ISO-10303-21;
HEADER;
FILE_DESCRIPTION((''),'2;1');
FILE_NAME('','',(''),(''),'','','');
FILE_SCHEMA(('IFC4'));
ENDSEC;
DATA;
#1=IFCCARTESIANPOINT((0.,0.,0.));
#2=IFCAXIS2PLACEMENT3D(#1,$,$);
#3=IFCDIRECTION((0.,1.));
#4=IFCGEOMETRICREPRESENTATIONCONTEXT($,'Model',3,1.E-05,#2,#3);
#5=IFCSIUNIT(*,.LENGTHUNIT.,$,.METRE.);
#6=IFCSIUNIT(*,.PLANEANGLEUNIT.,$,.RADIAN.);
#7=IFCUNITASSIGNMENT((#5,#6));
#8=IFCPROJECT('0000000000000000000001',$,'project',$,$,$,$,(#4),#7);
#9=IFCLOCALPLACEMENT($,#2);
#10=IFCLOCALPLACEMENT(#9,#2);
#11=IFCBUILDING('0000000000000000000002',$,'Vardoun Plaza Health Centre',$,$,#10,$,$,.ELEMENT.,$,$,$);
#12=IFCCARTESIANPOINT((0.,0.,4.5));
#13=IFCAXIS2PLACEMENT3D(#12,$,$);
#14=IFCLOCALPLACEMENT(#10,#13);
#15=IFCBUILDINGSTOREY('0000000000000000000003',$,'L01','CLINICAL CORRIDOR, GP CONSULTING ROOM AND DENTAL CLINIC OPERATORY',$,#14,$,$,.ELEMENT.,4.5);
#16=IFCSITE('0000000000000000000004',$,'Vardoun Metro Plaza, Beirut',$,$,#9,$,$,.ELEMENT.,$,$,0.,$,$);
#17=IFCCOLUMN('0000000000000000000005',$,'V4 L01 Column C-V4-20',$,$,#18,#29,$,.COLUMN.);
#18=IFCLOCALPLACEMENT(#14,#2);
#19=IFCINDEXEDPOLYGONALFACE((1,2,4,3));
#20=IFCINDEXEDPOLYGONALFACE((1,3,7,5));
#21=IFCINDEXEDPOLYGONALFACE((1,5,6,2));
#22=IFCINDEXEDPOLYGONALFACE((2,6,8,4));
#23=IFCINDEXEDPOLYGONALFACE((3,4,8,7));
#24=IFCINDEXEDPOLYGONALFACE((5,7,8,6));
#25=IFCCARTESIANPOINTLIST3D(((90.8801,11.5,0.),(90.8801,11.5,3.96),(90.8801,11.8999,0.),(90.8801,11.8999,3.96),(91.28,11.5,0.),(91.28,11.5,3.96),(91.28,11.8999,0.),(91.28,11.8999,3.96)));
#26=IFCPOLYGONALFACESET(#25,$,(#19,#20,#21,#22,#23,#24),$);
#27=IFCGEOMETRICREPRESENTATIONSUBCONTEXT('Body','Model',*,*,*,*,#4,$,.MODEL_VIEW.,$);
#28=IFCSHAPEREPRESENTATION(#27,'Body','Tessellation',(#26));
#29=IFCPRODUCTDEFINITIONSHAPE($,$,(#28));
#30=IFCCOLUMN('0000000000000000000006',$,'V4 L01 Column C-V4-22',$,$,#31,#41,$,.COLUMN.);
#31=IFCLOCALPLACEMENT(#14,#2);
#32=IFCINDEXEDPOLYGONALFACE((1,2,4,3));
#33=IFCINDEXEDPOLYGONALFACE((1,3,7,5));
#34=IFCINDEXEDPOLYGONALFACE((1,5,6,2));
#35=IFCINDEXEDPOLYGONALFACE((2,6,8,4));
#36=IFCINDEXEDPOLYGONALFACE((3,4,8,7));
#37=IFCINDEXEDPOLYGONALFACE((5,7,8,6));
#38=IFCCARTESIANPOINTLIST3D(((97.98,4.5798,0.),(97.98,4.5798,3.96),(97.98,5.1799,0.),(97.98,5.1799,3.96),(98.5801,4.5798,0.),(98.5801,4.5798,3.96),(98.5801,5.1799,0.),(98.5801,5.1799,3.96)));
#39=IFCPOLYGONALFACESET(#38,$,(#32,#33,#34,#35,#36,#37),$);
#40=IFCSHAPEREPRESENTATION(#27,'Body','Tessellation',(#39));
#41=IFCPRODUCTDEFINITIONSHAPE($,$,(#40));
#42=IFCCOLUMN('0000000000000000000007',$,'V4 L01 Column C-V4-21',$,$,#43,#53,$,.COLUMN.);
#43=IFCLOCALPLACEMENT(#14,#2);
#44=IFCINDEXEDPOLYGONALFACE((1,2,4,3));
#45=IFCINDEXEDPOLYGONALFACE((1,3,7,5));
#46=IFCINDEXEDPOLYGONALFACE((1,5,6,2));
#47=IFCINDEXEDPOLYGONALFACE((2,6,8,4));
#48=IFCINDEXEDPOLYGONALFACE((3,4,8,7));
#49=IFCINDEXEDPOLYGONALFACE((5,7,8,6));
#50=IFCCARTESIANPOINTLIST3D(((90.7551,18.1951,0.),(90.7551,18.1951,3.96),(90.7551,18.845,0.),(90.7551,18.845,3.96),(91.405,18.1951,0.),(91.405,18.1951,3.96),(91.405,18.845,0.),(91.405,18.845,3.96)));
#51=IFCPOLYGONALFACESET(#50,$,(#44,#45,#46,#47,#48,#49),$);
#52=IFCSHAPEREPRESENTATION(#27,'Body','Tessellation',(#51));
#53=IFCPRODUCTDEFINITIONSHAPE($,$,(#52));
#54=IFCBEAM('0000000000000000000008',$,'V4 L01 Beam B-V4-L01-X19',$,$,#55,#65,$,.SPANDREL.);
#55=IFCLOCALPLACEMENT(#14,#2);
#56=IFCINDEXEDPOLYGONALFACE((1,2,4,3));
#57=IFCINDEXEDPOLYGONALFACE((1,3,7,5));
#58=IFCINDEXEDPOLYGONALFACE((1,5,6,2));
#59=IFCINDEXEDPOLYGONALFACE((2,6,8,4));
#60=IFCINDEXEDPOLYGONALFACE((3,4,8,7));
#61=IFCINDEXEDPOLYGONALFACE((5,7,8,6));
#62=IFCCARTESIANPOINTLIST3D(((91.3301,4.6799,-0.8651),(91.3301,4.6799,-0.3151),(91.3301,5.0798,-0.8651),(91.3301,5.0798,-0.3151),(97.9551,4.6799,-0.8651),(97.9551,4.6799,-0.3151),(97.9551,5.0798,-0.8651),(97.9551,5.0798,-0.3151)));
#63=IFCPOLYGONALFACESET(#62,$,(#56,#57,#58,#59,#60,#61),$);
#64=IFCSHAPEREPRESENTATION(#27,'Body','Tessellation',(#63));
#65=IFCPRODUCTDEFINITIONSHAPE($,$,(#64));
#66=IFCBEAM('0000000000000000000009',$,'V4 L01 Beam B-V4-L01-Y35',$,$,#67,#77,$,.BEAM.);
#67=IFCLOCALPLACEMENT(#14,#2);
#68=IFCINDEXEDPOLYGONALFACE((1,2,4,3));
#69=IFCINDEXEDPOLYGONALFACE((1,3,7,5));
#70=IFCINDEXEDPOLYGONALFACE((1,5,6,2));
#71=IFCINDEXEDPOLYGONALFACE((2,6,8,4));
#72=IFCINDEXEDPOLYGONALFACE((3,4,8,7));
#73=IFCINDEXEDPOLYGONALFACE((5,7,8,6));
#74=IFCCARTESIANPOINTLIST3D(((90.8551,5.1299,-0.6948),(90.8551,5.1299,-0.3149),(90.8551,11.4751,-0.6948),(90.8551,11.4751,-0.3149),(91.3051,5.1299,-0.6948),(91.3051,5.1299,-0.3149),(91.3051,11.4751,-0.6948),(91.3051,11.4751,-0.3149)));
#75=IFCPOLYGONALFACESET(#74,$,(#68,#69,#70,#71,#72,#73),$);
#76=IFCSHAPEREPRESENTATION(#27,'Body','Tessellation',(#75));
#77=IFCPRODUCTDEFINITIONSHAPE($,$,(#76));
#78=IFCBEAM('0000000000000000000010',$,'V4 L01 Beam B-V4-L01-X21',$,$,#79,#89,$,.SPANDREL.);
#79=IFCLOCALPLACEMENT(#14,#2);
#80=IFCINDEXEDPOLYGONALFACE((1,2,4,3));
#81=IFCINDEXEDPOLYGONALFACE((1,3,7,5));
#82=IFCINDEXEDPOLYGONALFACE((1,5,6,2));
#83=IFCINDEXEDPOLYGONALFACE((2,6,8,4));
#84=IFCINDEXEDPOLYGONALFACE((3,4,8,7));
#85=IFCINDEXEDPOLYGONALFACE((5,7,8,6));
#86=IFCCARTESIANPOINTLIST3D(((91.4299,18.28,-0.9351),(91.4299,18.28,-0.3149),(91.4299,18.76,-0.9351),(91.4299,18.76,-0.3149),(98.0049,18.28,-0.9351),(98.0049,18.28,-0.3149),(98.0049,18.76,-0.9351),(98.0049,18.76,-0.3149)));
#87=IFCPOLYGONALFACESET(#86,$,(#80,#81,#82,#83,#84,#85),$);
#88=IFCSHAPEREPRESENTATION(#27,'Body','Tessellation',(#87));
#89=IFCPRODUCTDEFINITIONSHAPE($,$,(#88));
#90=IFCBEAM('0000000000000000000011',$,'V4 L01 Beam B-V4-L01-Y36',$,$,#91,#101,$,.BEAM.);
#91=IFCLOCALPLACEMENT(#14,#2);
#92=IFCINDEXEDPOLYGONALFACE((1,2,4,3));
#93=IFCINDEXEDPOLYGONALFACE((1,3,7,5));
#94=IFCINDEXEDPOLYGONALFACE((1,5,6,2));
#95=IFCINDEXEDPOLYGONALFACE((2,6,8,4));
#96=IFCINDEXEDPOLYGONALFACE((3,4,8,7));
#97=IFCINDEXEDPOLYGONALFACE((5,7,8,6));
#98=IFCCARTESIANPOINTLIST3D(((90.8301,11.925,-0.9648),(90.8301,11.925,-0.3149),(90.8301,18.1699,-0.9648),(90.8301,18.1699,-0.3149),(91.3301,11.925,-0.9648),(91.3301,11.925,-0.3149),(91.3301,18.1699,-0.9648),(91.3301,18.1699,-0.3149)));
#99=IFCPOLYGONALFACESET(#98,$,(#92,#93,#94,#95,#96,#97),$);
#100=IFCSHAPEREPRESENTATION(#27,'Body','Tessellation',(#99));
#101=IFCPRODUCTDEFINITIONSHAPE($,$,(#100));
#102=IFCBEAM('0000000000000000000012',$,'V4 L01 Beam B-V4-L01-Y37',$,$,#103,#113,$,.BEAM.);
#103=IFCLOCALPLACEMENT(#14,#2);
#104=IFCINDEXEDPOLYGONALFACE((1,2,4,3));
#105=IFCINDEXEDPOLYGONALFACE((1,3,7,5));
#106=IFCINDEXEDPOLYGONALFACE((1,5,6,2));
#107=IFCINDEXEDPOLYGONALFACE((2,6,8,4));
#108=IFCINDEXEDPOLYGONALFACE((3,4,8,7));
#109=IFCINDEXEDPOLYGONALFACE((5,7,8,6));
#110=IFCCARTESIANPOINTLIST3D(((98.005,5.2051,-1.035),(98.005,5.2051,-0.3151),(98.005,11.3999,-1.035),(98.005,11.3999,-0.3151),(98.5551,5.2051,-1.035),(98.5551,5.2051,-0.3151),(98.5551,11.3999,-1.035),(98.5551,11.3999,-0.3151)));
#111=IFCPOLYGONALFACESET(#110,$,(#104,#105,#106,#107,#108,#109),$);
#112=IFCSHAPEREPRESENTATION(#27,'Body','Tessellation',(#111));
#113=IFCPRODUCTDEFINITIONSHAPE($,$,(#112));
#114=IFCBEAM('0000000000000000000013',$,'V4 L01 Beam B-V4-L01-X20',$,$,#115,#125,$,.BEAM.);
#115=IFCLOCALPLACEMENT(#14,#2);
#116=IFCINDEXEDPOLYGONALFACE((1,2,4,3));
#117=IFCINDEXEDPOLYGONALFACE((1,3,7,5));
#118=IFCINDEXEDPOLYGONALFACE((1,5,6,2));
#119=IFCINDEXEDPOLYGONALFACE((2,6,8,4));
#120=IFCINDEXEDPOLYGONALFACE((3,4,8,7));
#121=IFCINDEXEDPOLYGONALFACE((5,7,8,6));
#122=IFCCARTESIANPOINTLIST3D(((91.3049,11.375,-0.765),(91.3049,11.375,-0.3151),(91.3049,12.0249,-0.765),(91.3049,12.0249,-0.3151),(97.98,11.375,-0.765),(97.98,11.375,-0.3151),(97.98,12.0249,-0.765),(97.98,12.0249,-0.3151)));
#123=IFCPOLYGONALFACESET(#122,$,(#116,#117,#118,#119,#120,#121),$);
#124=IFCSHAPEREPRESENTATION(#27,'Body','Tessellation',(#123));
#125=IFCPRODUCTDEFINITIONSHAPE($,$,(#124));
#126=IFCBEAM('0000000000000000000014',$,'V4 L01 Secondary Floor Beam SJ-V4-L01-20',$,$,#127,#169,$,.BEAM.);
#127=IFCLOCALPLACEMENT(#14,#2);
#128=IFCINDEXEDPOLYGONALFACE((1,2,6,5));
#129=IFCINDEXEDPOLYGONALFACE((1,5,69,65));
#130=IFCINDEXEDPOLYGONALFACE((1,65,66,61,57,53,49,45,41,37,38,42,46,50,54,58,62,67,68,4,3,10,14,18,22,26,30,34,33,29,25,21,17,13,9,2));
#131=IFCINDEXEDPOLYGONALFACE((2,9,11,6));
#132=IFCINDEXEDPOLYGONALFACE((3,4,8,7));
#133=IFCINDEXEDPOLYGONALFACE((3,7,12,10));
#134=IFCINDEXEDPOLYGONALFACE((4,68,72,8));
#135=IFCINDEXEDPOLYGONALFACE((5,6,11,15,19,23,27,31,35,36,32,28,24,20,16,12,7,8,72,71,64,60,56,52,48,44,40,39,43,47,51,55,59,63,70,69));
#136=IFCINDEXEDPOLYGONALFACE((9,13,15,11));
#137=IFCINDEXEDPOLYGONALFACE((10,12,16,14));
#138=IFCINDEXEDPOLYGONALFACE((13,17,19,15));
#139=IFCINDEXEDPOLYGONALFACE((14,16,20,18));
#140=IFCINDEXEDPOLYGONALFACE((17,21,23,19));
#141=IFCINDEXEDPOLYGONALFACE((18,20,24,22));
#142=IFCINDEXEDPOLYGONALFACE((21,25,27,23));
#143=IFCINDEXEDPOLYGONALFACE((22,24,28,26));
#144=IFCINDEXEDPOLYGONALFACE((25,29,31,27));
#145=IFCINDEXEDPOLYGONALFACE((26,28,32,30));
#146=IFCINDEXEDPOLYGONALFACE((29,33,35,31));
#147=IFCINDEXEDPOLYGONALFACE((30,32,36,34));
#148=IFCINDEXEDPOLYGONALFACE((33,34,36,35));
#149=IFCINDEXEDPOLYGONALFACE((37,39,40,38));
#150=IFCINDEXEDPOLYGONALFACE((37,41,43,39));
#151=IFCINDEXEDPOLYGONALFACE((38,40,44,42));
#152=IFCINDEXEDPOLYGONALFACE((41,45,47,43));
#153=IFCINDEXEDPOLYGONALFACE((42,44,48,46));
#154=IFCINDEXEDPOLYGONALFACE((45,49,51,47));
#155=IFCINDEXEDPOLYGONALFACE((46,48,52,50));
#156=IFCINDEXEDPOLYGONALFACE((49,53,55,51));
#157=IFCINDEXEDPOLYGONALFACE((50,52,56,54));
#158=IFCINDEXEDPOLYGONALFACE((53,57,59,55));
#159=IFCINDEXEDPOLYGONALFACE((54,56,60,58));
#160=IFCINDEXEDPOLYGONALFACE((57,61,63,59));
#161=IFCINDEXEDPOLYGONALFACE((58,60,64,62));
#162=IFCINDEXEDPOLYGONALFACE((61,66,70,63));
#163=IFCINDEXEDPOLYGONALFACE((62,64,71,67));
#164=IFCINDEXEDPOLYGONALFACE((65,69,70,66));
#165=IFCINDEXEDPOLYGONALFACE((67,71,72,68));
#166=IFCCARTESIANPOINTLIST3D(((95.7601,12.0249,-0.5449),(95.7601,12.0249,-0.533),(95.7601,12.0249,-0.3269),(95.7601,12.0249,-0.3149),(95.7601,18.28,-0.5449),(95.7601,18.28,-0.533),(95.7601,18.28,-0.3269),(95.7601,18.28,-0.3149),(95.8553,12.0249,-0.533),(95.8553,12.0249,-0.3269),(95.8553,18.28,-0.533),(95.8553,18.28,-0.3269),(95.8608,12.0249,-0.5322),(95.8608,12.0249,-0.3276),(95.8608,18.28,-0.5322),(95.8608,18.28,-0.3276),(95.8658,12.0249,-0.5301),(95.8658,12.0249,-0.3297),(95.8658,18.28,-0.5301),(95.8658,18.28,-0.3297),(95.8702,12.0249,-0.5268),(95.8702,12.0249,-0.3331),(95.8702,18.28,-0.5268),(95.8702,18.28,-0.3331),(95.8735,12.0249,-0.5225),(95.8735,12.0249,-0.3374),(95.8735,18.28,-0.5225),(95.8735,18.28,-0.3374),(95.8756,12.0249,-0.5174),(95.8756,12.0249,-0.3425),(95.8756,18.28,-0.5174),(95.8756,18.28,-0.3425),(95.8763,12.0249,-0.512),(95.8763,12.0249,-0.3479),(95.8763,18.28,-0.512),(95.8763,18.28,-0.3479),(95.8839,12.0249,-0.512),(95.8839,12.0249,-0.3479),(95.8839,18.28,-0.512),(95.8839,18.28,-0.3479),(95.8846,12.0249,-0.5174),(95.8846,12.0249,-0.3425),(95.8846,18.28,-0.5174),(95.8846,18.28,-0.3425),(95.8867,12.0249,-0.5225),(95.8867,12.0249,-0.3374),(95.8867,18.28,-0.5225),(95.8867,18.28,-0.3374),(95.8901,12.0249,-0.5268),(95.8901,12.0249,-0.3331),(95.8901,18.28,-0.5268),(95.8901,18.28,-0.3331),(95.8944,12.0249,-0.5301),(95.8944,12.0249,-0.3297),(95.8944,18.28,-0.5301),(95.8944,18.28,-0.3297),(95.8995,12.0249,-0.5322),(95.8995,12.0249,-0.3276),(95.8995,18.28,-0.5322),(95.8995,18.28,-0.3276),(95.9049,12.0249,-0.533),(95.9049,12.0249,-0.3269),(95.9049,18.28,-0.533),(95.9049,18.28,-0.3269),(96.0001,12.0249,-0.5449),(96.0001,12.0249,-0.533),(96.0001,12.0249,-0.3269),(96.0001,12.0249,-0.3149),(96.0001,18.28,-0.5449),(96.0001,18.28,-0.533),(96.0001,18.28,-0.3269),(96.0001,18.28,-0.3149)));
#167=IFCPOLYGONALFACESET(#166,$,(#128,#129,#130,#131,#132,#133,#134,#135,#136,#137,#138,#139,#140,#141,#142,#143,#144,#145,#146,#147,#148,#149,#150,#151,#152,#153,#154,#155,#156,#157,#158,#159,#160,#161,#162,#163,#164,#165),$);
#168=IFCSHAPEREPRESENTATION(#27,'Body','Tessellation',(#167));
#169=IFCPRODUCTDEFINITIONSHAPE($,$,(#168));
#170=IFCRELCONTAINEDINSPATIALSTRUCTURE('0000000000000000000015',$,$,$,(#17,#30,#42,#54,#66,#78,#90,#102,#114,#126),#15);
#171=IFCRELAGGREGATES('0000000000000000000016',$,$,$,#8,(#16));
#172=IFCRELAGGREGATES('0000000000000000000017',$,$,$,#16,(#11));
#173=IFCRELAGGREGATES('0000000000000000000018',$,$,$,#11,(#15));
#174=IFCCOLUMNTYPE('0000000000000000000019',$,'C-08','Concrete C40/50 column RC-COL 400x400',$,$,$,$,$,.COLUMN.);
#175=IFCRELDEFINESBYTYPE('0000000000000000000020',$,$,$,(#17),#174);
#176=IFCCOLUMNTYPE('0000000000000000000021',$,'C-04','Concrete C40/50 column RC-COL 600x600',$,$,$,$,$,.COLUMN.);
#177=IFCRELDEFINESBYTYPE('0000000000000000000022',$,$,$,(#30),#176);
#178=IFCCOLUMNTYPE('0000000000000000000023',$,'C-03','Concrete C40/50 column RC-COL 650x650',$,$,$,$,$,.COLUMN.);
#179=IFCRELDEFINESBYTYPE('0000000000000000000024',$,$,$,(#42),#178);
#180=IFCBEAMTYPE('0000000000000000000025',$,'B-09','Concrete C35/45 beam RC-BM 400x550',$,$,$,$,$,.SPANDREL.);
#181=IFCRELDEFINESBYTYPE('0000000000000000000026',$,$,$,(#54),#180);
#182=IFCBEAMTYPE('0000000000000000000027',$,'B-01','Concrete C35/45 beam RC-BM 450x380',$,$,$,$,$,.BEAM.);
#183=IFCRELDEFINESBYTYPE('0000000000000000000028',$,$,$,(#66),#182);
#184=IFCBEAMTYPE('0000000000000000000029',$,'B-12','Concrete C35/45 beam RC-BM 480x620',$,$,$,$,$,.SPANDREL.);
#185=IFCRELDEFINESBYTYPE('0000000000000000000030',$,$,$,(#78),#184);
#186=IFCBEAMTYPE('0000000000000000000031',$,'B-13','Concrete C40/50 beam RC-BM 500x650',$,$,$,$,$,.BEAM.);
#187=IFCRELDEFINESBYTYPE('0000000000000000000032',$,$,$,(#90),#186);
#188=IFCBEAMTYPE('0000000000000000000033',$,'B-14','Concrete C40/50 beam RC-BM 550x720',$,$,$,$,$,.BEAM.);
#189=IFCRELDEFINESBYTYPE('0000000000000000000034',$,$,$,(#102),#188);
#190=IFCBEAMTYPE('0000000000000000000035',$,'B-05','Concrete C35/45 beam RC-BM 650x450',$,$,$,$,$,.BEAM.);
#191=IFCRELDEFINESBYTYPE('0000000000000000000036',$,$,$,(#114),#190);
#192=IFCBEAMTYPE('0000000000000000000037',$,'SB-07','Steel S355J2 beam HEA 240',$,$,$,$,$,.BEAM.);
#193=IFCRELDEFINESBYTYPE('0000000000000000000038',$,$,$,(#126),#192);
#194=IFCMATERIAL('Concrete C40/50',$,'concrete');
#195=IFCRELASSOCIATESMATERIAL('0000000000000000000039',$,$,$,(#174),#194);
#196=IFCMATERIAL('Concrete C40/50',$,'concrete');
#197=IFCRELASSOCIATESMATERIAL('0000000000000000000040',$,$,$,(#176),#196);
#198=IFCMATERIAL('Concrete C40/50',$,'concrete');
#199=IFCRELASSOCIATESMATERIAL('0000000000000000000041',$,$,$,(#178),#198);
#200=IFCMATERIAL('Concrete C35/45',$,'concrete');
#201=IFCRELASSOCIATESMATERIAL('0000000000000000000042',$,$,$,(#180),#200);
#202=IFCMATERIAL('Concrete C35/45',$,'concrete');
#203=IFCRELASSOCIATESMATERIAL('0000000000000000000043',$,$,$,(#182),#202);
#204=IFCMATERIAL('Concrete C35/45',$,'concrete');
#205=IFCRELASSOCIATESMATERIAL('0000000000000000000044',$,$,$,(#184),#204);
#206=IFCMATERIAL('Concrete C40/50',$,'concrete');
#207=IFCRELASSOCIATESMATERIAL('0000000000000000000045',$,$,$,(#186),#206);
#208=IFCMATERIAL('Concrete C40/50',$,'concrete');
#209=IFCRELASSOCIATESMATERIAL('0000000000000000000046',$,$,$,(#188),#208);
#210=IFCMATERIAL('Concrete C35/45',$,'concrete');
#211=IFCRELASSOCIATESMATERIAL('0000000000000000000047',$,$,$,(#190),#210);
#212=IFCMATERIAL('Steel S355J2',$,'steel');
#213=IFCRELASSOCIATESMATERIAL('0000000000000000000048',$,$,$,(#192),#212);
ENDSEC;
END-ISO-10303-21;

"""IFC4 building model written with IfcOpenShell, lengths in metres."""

from ifc_helpers import new_model, si_unit, direction, frame, origin, origin_2d, place, context, subcontext, project, spatial, rectangle, i_section, extrude, material, material_profile, profile_set, type_object, element, save


model = new_model("IFC4")

# Units and contexts
model_context = context("Model", 3, precision=1e-05, world=origin(), true_north=direction((0.0, 1.0)))
body_context = subcontext(model_context, "Body", "Model", "MODEL_VIEW")
ifc_project = project(units=[si_unit("LENGTHUNIT", "METRE"), si_unit("PLANEANGLEUNIT", "RADIAN")], contexts=[model_context])

# Site, building, storey
site_placement = place(None, origin())
site = spatial("IfcSite", under=ifc_project, at=site_placement, Name="Vardoun Metro Plaza, Beirut", CompositionType="ELEMENT", RefElevation=0.0)
building_placement = place(site_placement, origin())
building = spatial("IfcBuilding", under=site, at=building_placement, Name="Vardoun Plaza Health Centre", CompositionType="ELEMENT")
storey_placement = place(building_placement, frame((0.0, 0.0, 4.5)))
storey = spatial("IfcBuildingStorey", under=building, at=storey_placement, Name="L01", Description="CLINICAL CORRIDOR, GP CONSULTING ROOM AND DENTAL CLINIC OPERATORY", CompositionType="ELEMENT", Elevation=4.5)

# Columns
ifc_material_1 = material(Name="Concrete C40/50", Category="concrete")
ifc_material_profile_1 = material_profile(ifc_material_1, rectangle(XDim=0.3999, YDim=0.3999, at=origin_2d()), Name="RC-COL 400x400")
ifc_profile_set_1 = profile_set([ifc_material_profile_1], Name="Concrete C40/50")
column_type_1 = type_object("IfcColumnType", Name="C-08", Description="Concrete C40/50 column RC-COL 400x400", PredefinedType="COLUMN", material=ifc_profile_set_1)
column_1_placement = place(storey_placement, frame((91.0801, 11.7, 0.0), z_axis=(0.0, 0.0, 1.0), x_axis=(1.0, 0.0, 0.0)))
element("IfcColumn", 1, at=column_1_placement, inside=storey, type_object=column_type_1, Name="V4 L01 Column C-V4-20", PredefinedType="COLUMN", context=body_context, shape_type="SweptSolid", body=[
    extrude(rectangle(XDim=0.3999, YDim=0.3999, at=origin_2d()), origin(), (0.0, 0.0, 1.0), 3.96),
])
ifc_material_2 = material(Name="Concrete C40/50", Category="concrete")
ifc_material_profile_2 = material_profile(ifc_material_2, rectangle(XDim=0.6001, YDim=0.6001, at=origin_2d()), Name="RC-COL 600x600")
ifc_profile_set_2 = profile_set([ifc_material_profile_2], Name="Concrete C40/50")
column_type_2 = type_object("IfcColumnType", Name="C-04", Description="Concrete C40/50 column RC-COL 600x600", PredefinedType="COLUMN", material=ifc_profile_set_2)
column_2_placement = place(storey_placement, frame((98.28, 4.8799, 0.0), z_axis=(0.0, 0.0, 1.0), x_axis=(1.0, 0.0, 0.0)))
element("IfcColumn", 2, at=column_2_placement, inside=storey, type_object=column_type_2, Name="V4 L01 Column C-V4-22", PredefinedType="COLUMN", context=body_context, shape_type="SweptSolid", body=[
    extrude(rectangle(XDim=0.6001, YDim=0.6001, at=origin_2d()), origin(), (0.0, 0.0, 1.0), 3.96),
])
ifc_material_3 = material(Name="Concrete C40/50", Category="concrete")
ifc_material_profile_3 = material_profile(ifc_material_3, rectangle(XDim=0.6499, YDim=0.6499, at=origin_2d()), Name="RC-COL 650x650")
ifc_profile_set_3 = profile_set([ifc_material_profile_3], Name="Concrete C40/50")
column_type_3 = type_object("IfcColumnType", Name="C-03", Description="Concrete C40/50 column RC-COL 650x650", PredefinedType="COLUMN", material=ifc_profile_set_3)
column_3_placement = place(storey_placement, frame((91.0801, 18.52, 0.0), z_axis=(0.0, 0.0, 1.0), x_axis=(1.0, 0.0, 0.0)))
element("IfcColumn", 3, at=column_3_placement, inside=storey, type_object=column_type_3, Name="V4 L01 Column C-V4-21", PredefinedType="COLUMN", context=body_context, shape_type="SweptSolid", body=[
    extrude(rectangle(XDim=0.6499, YDim=0.6499, at=origin_2d()), origin(), (0.0, 0.0, 1.0), 3.96),
])

# Beams
ifc_material_4 = material(Name="Concrete C35/45", Category="concrete")
ifc_material_profile_4 = material_profile(ifc_material_4, rectangle(XDim=0.3999, YDim=0.55, at=origin_2d()), Name="RC-BM 400x550")
ifc_profile_set_4 = profile_set([ifc_material_profile_4], Name="Concrete C35/45")
beam_type_1 = type_object("IfcBeamType", Name="B-09", Description="Concrete C35/45 beam RC-BM 400x550", PredefinedType="SPANDREL", material=ifc_profile_set_4)
beam_1_placement = place(storey_placement, frame((91.3301, 4.8799, -0.5901), z_axis=(1.0, 0.0, 0.0), x_axis=(0.0, 1.0, 0.0)))
element("IfcBeam", 4, at=beam_1_placement, inside=storey, type_object=beam_type_1, Name="V4 L01 Beam B-V4-L01-X19", PredefinedType="SPANDREL", context=body_context, shape_type="SweptSolid", body=[
    extrude(rectangle(XDim=0.3999, YDim=0.55, at=origin_2d()), origin(), (0.0, 0.0, 1.0), 6.625),
])
ifc_material_5 = material(Name="Concrete C35/45", Category="concrete")
ifc_material_profile_5 = material_profile(ifc_material_5, rectangle(XDim=0.45, YDim=0.3799, at=origin_2d()), Name="RC-BM 450x380")
ifc_profile_set_5 = profile_set([ifc_material_profile_5], Name="Concrete C35/45")
beam_type_2 = type_object("IfcBeamType", Name="B-01", Description="Concrete C35/45 beam RC-BM 450x380", PredefinedType="BEAM", material=ifc_profile_set_5)
beam_2_placement = place(storey_placement, frame((91.0801, 5.1299, -0.5049), z_axis=(0.0, 1.0, 0.0), x_axis=(-1.0, 0.0, 0.0)))
element("IfcBeam", 5, at=beam_2_placement, inside=storey, type_object=beam_type_2, Name="V4 L01 Beam B-V4-L01-Y35", PredefinedType="BEAM", context=body_context, shape_type="SweptSolid", body=[
    extrude(rectangle(XDim=0.45, YDim=0.3799, at=origin_2d()), origin(), (0.0, 0.0, 1.0), 6.3452),
])
ifc_material_6 = material(Name="Concrete C35/45", Category="concrete")
ifc_material_profile_6 = material_profile(ifc_material_6, rectangle(XDim=0.48, YDim=0.6201, at=origin_2d()), Name="RC-BM 480x620")
ifc_profile_set_6 = profile_set([ifc_material_profile_6], Name="Concrete C35/45")
beam_type_3 = type_object("IfcBeamType", Name="B-12", Description="Concrete C35/45 beam RC-BM 480x620", PredefinedType="SPANDREL", material=ifc_profile_set_6)
beam_3_placement = place(storey_placement, frame((91.4299, 18.52, -0.625), z_axis=(1.0, 0.0, 0.0), x_axis=(0.0, 1.0, 0.0)))
element("IfcBeam", 6, at=beam_3_placement, inside=storey, type_object=beam_type_3, Name="V4 L01 Beam B-V4-L01-X21", PredefinedType="SPANDREL", context=body_context, shape_type="SweptSolid", body=[
    extrude(rectangle(XDim=0.48, YDim=0.6201, at=origin_2d()), origin(), (0.0, 0.0, 1.0), 6.575),
])
ifc_material_7 = material(Name="Concrete C40/50", Category="concrete")
ifc_material_profile_7 = material_profile(ifc_material_7, rectangle(XDim=0.5, YDim=0.6499, at=origin_2d()), Name="RC-BM 500x650")
ifc_profile_set_7 = profile_set([ifc_material_profile_7], Name="Concrete C40/50")
beam_type_4 = type_object("IfcBeamType", Name="B-13", Description="Concrete C40/50 beam RC-BM 500x650", PredefinedType="BEAM", material=ifc_profile_set_7)
beam_4_placement = place(storey_placement, frame((91.0801, 11.925, -0.6399), z_axis=(0.0, 1.0, 0.0), x_axis=(-1.0, 0.0, 0.0)))
element("IfcBeam", 7, at=beam_4_placement, inside=storey, type_object=beam_type_4, Name="V4 L01 Beam B-V4-L01-Y36", PredefinedType="BEAM", context=body_context, shape_type="SweptSolid", body=[
    extrude(rectangle(XDim=0.5, YDim=0.6499, at=origin_2d()), origin(), (0.0, 0.0, 1.0), 6.2449),
])
ifc_material_8 = material(Name="Concrete C40/50", Category="concrete")
ifc_material_profile_8 = material_profile(ifc_material_8, rectangle(XDim=0.55, YDim=0.72, at=origin_2d()), Name="RC-BM 550x720")
ifc_profile_set_8 = profile_set([ifc_material_profile_8], Name="Concrete C40/50")
beam_type_5 = type_object("IfcBeamType", Name="B-14", Description="Concrete C40/50 beam RC-BM 550x720", PredefinedType="BEAM", material=ifc_profile_set_8)
beam_5_placement = place(storey_placement, frame((98.28, 5.2051, -0.675), z_axis=(0.0, 1.0, 0.0), x_axis=(-1.0, 0.0, 0.0)))
element("IfcBeam", 8, at=beam_5_placement, inside=storey, type_object=beam_type_5, Name="V4 L01 Beam B-V4-L01-Y37", PredefinedType="BEAM", context=body_context, shape_type="SweptSolid", body=[
    extrude(rectangle(XDim=0.55, YDim=0.72, at=origin_2d()), origin(), (0.0, 0.0, 1.0), 6.1948),
])
ifc_material_9 = material(Name="Concrete C35/45", Category="concrete")
ifc_material_profile_9 = material_profile(ifc_material_9, rectangle(XDim=0.6499, YDim=0.45, at=origin_2d()), Name="RC-BM 650x450")
ifc_profile_set_9 = profile_set([ifc_material_profile_9], Name="Concrete C35/45")
beam_type_6 = type_object("IfcBeamType", Name="B-05", Description="Concrete C35/45 beam RC-BM 650x450", PredefinedType="BEAM", material=ifc_profile_set_9)
beam_6_placement = place(storey_placement, frame((91.3049, 11.7, -0.54), z_axis=(1.0, 0.0, 0.0), x_axis=(0.0, 1.0, 0.0)))
element("IfcBeam", 9, at=beam_6_placement, inside=storey, type_object=beam_type_6, Name="V4 L01 Beam B-V4-L01-X20", PredefinedType="BEAM", context=body_context, shape_type="SweptSolid", body=[
    extrude(rectangle(XDim=0.6499, YDim=0.45, at=origin_2d()), origin(), (0.0, 0.0, 1.0), 6.675),
])
ifc_material_10 = material(Name="Steel S355J2", Category="steel")
ifc_material_profile_10 = material_profile(ifc_material_10, i_section(OverallWidth=0.24, OverallDepth=0.23, WebThickness=0.0076, FlangeThickness=0.012, FilletRadius=0.021, at=origin_2d()), Name="HEA 240")
ifc_profile_set_10 = profile_set([ifc_material_profile_10], Name="Steel S355J2")
beam_type_7 = type_object("IfcBeamType", Name="SB-07", Description="Steel S355J2 beam HEA 240", PredefinedType="BEAM", material=ifc_profile_set_10)
beam_7_placement = place(storey_placement, frame((95.8801, 12.0249, -0.4299), z_axis=(0.0, 1.0, 0.0), x_axis=(-1.0, 0.0, 0.0)))
element("IfcBeam", 10, at=beam_7_placement, inside=storey, type_object=beam_type_7, Name="V4 L01 Secondary Floor Beam SJ-V4-L01-20", PredefinedType="BEAM", context=body_context, shape_type="SweptSolid", body=[
    extrude(i_section(OverallWidth=0.24, OverallDepth=0.23, WebThickness=0.0076, FlangeThickness=0.012, FilletRadius=0.021, at=origin_2d()), origin(), (0.0, 0.0, 1.0), 6.2551),
])

save(model, "model.ifc")
